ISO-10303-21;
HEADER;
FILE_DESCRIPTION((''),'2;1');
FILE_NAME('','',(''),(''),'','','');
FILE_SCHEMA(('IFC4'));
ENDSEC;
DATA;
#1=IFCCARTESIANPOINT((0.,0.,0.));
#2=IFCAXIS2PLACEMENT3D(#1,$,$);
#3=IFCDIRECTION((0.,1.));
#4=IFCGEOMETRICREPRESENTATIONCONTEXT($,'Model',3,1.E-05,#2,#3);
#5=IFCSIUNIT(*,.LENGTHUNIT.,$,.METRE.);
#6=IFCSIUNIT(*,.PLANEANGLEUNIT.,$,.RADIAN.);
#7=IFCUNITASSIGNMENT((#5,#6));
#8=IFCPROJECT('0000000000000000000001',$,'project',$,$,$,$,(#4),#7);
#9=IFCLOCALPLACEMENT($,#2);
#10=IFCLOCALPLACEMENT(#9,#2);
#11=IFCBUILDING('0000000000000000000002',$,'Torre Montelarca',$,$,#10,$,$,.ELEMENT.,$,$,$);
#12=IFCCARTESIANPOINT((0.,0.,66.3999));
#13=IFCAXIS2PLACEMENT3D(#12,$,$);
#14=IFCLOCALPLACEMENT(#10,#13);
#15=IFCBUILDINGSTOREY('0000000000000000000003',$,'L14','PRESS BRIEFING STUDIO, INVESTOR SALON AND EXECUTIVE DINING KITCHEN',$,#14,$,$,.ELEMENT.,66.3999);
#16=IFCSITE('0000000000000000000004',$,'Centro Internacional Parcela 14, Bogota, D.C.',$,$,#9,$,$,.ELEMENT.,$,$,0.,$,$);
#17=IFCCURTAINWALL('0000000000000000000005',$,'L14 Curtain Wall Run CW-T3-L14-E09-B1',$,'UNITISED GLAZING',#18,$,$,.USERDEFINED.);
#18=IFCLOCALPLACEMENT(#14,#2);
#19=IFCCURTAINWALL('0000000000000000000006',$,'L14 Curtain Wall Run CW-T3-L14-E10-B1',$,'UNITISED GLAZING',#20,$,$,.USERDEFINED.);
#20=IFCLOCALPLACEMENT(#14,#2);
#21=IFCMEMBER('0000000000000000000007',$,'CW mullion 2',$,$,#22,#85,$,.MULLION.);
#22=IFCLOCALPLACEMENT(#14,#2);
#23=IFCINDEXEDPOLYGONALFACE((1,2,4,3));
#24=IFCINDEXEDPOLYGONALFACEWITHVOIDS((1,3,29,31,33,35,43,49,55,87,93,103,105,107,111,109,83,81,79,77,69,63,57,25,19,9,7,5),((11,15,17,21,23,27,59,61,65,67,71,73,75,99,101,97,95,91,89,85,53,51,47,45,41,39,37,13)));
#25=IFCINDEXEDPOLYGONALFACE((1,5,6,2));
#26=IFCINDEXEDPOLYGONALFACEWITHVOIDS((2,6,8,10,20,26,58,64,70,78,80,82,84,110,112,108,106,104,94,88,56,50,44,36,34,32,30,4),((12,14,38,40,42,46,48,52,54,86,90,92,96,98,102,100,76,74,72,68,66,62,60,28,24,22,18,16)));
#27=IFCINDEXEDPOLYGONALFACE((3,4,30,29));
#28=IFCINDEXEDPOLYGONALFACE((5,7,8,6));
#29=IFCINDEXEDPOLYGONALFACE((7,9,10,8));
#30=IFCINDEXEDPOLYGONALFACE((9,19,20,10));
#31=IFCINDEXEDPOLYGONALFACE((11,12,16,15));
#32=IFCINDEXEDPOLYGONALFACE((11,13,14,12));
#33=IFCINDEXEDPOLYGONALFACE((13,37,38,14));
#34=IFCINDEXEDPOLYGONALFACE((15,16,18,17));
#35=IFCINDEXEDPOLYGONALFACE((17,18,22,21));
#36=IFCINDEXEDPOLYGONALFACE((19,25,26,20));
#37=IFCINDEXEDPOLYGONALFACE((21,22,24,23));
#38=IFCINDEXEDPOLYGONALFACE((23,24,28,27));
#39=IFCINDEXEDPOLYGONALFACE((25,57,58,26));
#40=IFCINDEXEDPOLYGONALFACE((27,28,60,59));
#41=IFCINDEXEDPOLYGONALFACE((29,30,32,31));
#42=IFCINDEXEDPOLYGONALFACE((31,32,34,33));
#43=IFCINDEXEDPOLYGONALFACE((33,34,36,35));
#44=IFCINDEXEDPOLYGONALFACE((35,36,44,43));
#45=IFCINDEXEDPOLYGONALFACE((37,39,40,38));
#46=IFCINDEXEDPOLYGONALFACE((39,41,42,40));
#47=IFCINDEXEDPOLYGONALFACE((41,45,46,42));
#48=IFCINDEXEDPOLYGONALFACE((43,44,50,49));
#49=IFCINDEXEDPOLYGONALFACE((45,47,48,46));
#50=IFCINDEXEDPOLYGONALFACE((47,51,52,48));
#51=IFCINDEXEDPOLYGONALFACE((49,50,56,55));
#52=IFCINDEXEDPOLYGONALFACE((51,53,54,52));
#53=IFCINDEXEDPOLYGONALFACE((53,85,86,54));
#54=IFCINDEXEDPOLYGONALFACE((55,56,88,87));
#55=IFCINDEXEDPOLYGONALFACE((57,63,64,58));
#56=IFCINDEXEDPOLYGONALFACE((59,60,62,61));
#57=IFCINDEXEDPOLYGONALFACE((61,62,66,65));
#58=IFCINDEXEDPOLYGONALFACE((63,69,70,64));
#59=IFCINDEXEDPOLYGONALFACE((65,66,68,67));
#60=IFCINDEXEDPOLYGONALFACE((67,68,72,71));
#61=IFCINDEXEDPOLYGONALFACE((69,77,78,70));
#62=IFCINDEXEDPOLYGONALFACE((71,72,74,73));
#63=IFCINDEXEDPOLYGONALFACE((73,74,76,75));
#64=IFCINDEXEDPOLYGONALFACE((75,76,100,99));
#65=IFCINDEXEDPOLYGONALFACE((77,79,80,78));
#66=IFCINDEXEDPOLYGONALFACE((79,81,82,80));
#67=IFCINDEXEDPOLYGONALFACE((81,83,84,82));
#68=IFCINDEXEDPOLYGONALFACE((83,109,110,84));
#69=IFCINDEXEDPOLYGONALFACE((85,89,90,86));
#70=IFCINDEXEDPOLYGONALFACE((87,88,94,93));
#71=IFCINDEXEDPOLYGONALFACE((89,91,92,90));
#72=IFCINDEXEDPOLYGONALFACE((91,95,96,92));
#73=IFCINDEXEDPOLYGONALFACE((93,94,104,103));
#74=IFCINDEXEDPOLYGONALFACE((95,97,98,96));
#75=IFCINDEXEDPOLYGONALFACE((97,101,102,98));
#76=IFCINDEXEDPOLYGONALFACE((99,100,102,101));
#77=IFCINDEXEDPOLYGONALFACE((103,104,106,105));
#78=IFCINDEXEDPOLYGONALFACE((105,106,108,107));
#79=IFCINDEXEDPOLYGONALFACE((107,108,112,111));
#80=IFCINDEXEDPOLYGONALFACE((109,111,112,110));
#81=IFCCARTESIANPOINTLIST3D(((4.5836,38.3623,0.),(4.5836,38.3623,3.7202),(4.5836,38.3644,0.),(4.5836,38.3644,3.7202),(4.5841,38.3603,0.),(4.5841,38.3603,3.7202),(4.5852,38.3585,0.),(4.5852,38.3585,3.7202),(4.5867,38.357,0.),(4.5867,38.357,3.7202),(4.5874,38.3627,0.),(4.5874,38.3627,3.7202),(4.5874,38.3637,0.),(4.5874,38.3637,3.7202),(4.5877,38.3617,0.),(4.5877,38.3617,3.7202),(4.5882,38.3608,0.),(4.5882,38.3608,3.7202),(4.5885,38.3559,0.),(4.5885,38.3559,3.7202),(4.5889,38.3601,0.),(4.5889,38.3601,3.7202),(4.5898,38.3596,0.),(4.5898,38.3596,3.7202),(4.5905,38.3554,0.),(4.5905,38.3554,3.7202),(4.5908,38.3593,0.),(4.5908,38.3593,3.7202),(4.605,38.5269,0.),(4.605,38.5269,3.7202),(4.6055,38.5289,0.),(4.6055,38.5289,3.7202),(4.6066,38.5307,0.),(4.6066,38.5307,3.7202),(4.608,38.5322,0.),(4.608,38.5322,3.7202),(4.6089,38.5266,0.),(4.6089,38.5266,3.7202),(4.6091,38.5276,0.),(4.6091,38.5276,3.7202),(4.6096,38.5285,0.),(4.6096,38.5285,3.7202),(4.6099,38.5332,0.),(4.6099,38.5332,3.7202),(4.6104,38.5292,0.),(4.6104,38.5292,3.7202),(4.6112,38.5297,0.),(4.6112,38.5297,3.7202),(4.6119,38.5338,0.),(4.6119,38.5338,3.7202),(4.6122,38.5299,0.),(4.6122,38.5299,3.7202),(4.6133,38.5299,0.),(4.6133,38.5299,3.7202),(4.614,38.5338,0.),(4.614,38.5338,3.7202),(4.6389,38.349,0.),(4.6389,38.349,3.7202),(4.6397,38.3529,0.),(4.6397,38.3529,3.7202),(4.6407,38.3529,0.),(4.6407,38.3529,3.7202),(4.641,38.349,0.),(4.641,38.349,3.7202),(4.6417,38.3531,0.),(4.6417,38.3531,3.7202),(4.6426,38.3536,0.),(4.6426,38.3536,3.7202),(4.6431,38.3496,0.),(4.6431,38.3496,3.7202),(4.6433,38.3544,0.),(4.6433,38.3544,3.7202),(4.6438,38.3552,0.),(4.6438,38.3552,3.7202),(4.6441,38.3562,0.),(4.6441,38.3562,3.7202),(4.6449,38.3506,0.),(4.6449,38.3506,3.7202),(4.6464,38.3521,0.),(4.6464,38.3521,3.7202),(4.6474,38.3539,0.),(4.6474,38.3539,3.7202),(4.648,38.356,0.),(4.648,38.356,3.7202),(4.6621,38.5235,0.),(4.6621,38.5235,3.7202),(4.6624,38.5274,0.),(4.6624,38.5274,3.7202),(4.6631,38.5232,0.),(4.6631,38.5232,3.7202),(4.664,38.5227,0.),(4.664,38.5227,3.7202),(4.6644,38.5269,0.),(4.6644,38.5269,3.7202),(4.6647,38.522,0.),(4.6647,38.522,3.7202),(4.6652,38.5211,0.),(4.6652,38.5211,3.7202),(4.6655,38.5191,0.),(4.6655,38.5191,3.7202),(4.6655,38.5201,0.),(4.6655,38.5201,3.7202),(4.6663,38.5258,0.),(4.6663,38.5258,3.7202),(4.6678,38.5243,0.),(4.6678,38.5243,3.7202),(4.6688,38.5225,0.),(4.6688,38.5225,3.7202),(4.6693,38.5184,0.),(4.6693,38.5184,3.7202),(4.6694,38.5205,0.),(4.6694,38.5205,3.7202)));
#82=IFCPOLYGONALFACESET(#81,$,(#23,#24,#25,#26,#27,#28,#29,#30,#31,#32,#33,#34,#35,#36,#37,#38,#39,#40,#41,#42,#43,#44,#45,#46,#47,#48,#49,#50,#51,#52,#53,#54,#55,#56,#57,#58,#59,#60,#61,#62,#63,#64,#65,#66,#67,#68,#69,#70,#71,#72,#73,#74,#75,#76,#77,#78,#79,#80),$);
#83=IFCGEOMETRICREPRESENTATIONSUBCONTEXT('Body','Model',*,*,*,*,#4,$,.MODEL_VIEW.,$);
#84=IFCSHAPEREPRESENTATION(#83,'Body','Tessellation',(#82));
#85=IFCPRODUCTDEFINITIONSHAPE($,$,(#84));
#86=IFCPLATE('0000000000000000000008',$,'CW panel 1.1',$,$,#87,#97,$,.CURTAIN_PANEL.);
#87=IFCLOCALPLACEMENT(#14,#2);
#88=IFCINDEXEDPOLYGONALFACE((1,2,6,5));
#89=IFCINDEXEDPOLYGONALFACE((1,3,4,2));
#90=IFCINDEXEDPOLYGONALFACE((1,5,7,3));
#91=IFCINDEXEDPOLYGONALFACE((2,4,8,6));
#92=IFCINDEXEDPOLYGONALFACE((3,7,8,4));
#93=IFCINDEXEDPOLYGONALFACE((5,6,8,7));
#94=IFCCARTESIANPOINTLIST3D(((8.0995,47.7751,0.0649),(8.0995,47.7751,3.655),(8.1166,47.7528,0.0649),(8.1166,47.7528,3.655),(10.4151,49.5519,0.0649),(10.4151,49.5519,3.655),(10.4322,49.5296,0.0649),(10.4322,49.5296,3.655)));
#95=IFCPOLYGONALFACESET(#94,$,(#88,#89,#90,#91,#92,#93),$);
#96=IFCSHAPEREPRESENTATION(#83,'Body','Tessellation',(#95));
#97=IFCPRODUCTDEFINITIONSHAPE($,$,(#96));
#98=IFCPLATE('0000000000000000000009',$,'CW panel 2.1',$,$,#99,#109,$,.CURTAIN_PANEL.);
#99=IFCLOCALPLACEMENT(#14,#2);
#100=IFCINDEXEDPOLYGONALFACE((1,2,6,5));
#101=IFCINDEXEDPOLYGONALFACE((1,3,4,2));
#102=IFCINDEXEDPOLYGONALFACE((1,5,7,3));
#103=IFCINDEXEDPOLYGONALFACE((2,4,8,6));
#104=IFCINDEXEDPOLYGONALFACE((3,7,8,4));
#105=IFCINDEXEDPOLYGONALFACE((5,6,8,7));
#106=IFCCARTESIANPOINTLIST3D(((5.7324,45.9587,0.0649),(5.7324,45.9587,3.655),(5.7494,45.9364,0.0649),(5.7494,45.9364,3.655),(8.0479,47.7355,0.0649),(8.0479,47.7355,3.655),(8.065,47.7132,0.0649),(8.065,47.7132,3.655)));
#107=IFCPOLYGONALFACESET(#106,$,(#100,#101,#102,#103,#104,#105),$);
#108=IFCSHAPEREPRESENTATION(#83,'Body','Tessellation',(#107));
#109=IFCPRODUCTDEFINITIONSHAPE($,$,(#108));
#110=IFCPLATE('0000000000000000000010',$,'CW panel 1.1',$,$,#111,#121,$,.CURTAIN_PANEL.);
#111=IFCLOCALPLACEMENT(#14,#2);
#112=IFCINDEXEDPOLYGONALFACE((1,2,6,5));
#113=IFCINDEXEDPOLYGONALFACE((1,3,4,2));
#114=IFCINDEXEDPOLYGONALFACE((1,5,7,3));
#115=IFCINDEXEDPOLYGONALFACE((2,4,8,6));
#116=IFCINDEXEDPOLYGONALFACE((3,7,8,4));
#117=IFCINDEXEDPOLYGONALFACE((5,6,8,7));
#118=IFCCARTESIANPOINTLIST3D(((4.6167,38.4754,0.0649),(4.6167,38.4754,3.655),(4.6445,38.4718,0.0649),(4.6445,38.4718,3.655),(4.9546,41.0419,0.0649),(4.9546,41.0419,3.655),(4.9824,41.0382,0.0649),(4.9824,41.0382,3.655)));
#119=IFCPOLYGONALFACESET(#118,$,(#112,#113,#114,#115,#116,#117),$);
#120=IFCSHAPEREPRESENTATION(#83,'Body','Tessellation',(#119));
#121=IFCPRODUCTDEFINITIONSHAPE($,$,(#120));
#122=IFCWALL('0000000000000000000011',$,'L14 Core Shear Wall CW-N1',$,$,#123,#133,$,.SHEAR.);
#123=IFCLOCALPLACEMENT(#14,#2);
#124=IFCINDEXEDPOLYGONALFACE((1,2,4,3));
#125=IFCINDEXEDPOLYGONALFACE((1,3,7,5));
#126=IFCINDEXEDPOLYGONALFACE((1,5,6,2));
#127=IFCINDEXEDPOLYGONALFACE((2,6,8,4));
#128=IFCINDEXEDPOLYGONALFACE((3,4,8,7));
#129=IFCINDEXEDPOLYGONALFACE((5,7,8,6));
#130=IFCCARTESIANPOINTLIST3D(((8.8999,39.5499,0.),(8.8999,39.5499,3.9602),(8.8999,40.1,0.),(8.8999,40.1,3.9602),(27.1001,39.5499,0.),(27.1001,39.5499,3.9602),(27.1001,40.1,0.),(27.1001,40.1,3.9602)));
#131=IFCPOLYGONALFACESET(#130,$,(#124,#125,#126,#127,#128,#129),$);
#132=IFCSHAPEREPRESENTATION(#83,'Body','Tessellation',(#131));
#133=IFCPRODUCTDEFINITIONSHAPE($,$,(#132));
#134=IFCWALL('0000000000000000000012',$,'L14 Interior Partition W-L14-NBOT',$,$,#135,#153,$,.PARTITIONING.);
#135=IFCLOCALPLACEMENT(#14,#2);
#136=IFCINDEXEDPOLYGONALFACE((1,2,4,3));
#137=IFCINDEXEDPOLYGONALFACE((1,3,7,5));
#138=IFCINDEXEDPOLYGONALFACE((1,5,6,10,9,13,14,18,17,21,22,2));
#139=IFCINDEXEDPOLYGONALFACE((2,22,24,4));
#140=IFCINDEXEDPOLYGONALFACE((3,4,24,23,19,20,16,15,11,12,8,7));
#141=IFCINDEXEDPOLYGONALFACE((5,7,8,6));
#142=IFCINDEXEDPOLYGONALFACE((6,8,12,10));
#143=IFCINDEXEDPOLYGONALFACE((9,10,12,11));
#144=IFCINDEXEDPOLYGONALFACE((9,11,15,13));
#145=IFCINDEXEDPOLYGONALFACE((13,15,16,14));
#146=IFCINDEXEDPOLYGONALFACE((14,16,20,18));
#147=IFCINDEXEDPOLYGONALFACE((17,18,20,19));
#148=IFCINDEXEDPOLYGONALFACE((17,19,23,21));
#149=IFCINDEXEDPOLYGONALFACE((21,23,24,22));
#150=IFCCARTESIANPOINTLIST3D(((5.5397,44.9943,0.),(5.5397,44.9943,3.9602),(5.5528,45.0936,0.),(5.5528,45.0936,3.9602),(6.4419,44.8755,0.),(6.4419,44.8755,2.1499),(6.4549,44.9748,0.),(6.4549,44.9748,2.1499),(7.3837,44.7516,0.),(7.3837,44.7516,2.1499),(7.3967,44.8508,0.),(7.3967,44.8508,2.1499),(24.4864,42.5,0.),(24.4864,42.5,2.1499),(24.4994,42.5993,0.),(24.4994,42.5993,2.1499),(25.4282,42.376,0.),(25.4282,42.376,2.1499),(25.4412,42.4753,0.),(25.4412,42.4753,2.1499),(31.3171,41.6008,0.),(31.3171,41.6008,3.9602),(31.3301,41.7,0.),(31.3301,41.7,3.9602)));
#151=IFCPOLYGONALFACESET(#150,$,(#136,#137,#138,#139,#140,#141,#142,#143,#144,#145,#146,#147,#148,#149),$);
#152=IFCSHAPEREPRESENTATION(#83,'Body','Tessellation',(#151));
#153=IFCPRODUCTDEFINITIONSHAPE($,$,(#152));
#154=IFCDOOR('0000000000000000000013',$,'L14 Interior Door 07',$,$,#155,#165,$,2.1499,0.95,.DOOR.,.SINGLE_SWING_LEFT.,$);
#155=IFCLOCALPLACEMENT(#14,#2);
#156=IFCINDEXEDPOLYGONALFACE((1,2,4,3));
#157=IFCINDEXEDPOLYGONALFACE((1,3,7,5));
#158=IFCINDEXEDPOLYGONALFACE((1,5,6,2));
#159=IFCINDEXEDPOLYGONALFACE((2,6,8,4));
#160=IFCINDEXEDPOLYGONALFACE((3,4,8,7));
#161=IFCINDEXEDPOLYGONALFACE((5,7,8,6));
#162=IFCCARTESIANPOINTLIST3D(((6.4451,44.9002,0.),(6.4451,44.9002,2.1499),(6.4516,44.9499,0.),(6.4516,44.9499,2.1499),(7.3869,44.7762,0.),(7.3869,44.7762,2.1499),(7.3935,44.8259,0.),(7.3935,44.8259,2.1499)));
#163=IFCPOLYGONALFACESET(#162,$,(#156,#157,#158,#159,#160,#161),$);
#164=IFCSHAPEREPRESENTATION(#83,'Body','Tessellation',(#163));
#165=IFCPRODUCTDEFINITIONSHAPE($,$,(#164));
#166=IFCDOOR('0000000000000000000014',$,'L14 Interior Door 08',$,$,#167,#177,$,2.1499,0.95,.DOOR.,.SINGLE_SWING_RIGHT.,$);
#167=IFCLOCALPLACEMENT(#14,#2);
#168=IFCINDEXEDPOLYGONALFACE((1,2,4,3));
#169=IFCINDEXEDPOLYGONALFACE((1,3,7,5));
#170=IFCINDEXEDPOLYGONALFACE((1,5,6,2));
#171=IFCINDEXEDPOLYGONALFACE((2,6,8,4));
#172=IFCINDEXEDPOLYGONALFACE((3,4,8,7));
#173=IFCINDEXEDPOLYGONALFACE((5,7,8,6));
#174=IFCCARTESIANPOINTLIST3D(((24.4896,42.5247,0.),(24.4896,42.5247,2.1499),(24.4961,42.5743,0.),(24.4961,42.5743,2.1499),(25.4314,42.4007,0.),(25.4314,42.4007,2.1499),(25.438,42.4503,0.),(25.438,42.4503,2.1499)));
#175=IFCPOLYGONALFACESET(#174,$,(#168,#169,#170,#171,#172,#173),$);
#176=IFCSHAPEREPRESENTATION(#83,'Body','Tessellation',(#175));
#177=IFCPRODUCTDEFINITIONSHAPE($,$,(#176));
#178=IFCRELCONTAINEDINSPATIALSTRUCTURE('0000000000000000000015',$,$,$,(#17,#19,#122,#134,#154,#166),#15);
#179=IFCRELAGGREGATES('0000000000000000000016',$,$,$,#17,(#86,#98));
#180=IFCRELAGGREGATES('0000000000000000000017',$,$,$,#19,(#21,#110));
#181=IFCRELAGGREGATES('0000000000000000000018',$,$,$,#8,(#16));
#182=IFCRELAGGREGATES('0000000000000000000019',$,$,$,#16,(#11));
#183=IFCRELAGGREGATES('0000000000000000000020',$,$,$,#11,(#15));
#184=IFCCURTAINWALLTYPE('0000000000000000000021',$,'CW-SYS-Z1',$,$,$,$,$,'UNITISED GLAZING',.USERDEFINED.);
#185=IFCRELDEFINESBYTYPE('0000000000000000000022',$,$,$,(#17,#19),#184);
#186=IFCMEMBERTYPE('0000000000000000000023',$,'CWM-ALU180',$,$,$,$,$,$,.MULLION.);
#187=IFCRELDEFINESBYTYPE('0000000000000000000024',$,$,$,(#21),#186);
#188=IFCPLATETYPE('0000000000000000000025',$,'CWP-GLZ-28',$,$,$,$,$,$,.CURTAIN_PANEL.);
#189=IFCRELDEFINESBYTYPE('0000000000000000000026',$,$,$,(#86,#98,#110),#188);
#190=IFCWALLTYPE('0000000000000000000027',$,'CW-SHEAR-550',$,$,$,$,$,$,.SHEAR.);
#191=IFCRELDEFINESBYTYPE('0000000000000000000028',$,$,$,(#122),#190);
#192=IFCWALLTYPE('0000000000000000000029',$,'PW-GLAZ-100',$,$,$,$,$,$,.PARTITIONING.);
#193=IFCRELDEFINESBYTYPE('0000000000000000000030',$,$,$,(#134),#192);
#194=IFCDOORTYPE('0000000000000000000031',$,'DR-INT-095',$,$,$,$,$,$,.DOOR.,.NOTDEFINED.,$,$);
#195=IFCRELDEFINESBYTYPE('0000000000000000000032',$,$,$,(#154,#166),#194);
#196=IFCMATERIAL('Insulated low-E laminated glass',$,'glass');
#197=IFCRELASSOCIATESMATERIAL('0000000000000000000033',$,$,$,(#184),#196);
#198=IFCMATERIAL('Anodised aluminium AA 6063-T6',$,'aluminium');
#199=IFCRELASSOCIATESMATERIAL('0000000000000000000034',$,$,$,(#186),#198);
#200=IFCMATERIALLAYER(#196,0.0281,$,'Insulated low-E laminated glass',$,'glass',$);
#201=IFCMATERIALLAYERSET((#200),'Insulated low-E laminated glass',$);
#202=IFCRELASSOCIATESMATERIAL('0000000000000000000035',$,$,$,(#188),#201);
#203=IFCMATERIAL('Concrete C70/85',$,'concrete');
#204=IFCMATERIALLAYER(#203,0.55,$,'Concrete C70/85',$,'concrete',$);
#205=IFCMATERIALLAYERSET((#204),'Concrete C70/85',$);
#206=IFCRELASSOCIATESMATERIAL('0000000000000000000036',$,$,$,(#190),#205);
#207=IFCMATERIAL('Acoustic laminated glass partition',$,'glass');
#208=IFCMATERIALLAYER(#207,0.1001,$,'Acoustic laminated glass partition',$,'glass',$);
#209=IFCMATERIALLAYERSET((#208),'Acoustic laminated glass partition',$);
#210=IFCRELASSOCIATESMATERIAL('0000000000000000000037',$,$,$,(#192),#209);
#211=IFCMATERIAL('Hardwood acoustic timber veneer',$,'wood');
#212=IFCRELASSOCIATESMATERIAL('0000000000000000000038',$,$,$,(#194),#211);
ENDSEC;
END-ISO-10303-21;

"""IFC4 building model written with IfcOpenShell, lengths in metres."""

from ifc_helpers import new_model, si_unit, direction, frame, frame_2d, origin, origin_2d, place, context, subcontext, project, spatial, rectangle, hollow_rectangle, extrude, source, transform, mapped, material, layer, layer_set, material_profile, profile_set, type_object, element, fill, aggregate, save


model = new_model("IFC4")

# Units and contexts
model_context = context("Model", 3, precision=1e-05, world=origin(), true_north=direction((0.0, 1.0)))
body_context = subcontext(model_context, "Body", "Model", "MODEL_VIEW")
ifc_project = project(units=[si_unit("LENGTHUNIT", "METRE"), si_unit("PLANEANGLEUNIT", "RADIAN")], contexts=[model_context])

# Site, building, storey
site_placement = place(None, origin())
site = spatial("IfcSite", under=ifc_project, at=site_placement, Name="Centro Internacional Parcela 14, Bogota, D.C.", CompositionType="ELEMENT", RefElevation=0.0)
building_placement = place(site_placement, origin())
building = spatial("IfcBuilding", under=site, at=building_placement, Name="Torre Montelarca", CompositionType="ELEMENT")
storey_placement = place(building_placement, frame((0.0, 0.0, 66.3999)))
storey = spatial("IfcBuildingStorey", under=building, at=storey_placement, Name="L14", Description="PRESS BRIEFING STUDIO, INVESTOR SALON AND EXECUTIVE DINING KITCHEN", CompositionType="ELEMENT", Elevation=66.3999)

# Curtain walls
ifc_material_1 = material(Name="Insulated low-E laminated glass", Category="glass")
curtain_wall_type = type_object("IfcCurtainWallType", Name="CW-SYS-Z1", ElementType="UNITISED GLAZING", PredefinedType="USERDEFINED", material=ifc_material_1)
curtain_wall_1_placement = place(storey_placement, origin())
curtain_wall_1 = element("IfcCurtainWall", 1, at=curtain_wall_1_placement, inside=storey, type_object=curtain_wall_type, Name="L14 Curtain Wall Run CW-T3-L14-E09-B1", ObjectType="UNITISED GLAZING", PredefinedType="USERDEFINED")
ifc_material_2 = material(Name="Anodised aluminium AA 6063-T6", Category="aluminium")
curtain_wall_2_placement = place(storey_placement, origin())
curtain_wall_2 = element("IfcCurtainWall", 2, at=curtain_wall_2_placement, inside=storey, type_object=curtain_wall_type, Name="L14 Curtain Wall Run CW-T3-L14-E10-B1", ObjectType="UNITISED GLAZING", PredefinedType="USERDEFINED")

# Member
ifc_material_profile_1 = material_profile(ifc_material_2, hollow_rectangle(XDim=0.0649, YDim=0.1799, WallThickness=0.0039, InnerFilletRadius=0.0039, OuterFilletRadius=0.0081, at=origin_2d()), Name="ALU65X180X4", Category="aluminium")
ifc_profile_set_1 = profile_set([ifc_material_profile_1], Name="Anodised aluminium AA 6063-T6")
member_type_1 = type_object("IfcMemberType", Name="CWM-ALU180", PredefinedType="MULLION", material=ifc_profile_set_1)
shared_shape_1 = source(origin(), body_context, "Body", "SweptSolid", [
    extrude(hollow_rectangle(XDim=0.0649, YDim=0.1799, WallThickness=0.0039, InnerFilletRadius=0.0039, OuterFilletRadius=0.0081, at=origin_2d()), origin(), (0.0, 0.0, 1.0), 3.7202),
])
member_1_placement = place(storey_placement, frame((4.6265, 38.4414, 0.0), z_axis=(0.0, 0.0, 1.0), x_axis=(0.991443, -0.130538, 0.0)))
member_1 = element("IfcMember", 3, at=member_1_placement, type_object=member_type_1, Name="CW mullion 2", PredefinedType="MULLION", context=body_context, shape_type="MappedRepresentation", body=[
    mapped(shared_shape_1, transform((0.0, 0.0, 0.0), scale=1.0)),
])

# Plates
ifc_layer_1 = layer(ifc_material_1, 0.0281, Name="Insulated low-E laminated glass", Category="glass")
ifc_layer_set_1 = layer_set([ifc_layer_1], Name="Insulated low-E laminated glass")
plate_type = type_object("IfcPlateType", Name="CWP-GLZ-28", PredefinedType="CURTAIN_PANEL", material=ifc_layer_set_1)
shared_shape_2 = source(origin(), body_context, "Body", "SweptSolid", [
    extrude(rectangle(XDim=2.9187, YDim=0.0281, at=origin_2d()), origin(), (0.0, 0.0, 1.0), 3.5901),
])
plate_1_placement = place(storey_placement, frame((9.2659, 48.6523, 0.0649), z_axis=(0.0, 0.0, 1.0), x_axis=(-0.793351, -0.608764, 0.0)))
plate_1 = element("IfcPlate", 4, at=plate_1_placement, type_object=plate_type, Name="CW panel 1.1", PredefinedType="CURTAIN_PANEL", context=body_context, shape_type="MappedRepresentation", body=[
    mapped(shared_shape_2, transform((0.0, 0.0, 0.0), scale=1.0)),
])
plate_2_placement = place(storey_placement, frame((6.8987, 46.8359, 0.0649), z_axis=(0.0, 0.0, 1.0), x_axis=(-0.793351, -0.608764, 0.0)))
plate_2 = element("IfcPlate", 5, at=plate_2_placement, type_object=plate_type, Name="CW panel 2.1", PredefinedType="CURTAIN_PANEL", context=body_context, shape_type="MappedRepresentation", body=[
    mapped(shared_shape_2, transform((0.0, 0.0, 0.0), scale=1.0)),
])
aggregate(curtain_wall_1, [plate_1, plate_2])
shared_shape_3 = source(origin(), body_context, "Body", "SweptSolid", [
    extrude(rectangle(XDim=2.5886, YDim=0.0281, at=origin_2d()), origin(), (0.0, 0.0, 1.0), 3.5901),
])
plate_3_placement = place(storey_placement, frame((4.7996, 39.7568, 0.0649), z_axis=(0.0, 0.0, 1.0), x_axis=(-0.130538, -0.991443, 0.0)))
plate_3 = element("IfcPlate", 6, at=plate_3_placement, type_object=plate_type, Name="CW panel 1.1", PredefinedType="CURTAIN_PANEL", context=body_context, shape_type="MappedRepresentation", body=[
    mapped(shared_shape_3, transform((0.0, 0.0, 0.0), scale=1.0)),
])
aggregate(curtain_wall_2, [member_1, plate_3])

# Wall
ifc_material_3 = material(Name="Concrete C70/85", Category="concrete")
ifc_layer_2 = layer(ifc_material_3, 0.55, Name="Concrete C70/85", Category="concrete")
ifc_layer_set_2 = layer_set([ifc_layer_2], Name="Concrete C70/85")
wall_type_1 = type_object("IfcWallType", Name="CW-SHEAR-550", PredefinedType="SHEAR", material=ifc_layer_set_2)
wall_1_placement = place(storey_placement, frame((8.8999, 39.825, 0.0), z_axis=(0.0, 0.0, 1.0), x_axis=(1.0, 0.0, 0.0)))
element("IfcWall", 7, at=wall_1_placement, inside=storey, type_object=wall_type_1, Name="L14 Core Shear Wall CW-N1", PredefinedType="SHEAR", context=body_context, shape_type="SweptSolid", body=[
    extrude(rectangle(XDim=18.2002, YDim=0.55, at=frame_2d((9.1001, 0.0))), origin(), (0.0, 0.0, 1.0), 3.9602),
])

# Wall, openings, doors
ifc_material_4 = material(Name="Acoustic laminated glass partition", Category="glass")
ifc_layer_3 = layer(ifc_material_4, 0.1001, Name="Acoustic laminated glass partition", Category="glass")
ifc_layer_set_3 = layer_set([ifc_layer_3], Name="Acoustic laminated glass partition")
wall_type_2 = type_object("IfcWallType", Name="PW-GLAZ-100", PredefinedType="PARTITIONING", material=ifc_layer_set_3)
wall_2_placement = place(storey_placement, frame((5.5461, 45.0439, 0.0), z_axis=(0.0, 0.0, 1.0), x_axis=(0.991445, -0.130523, 0.0)))
wall_2 = element("IfcWall", 8, at=wall_2_placement, inside=storey, type_object=wall_type_2, Name="L14 Interior Partition W-L14-NBOT", PredefinedType="PARTITIONING", context=body_context, shape_type="SweptSolid", body=[
    extrude(rectangle(XDim=25.9998, YDim=0.1001, at=frame_2d((13.0, 0.0))), origin(), (0.0, 0.0, 1.0), 3.9602),
])
opening_1_placement = place(wall_2_placement, frame((0.9099, 0.0, 0.0)))
opening_1 = element("IfcOpeningElement", 9, at=opening_1_placement, cuts=wall_2, PredefinedType="OPENING", context=body_context, shape_type="SweptSolid", body=[
    extrude(rectangle(XDim=0.95, YDim=2.1499, at=frame_2d((0.4751, 1.075))), frame((0.0, 0.0601, 0.0), z_axis=(0.0, -1.0, 0.0), x_axis=(1.0, 0.0, 0.0)), (0.0, 0.0, 1.0), 0.1201),
])
opening_2_placement = place(wall_2_placement, frame((19.1101, 0.0, 0.0)))
opening_2 = element("IfcOpeningElement", 10, at=opening_2_placement, cuts=wall_2, PredefinedType="OPENING", context=body_context, shape_type="SweptSolid", body=[
    extrude(rectangle(XDim=0.95, YDim=2.1499, at=frame_2d((0.4751, 1.075))), frame((0.0, 0.0601, 0.0), z_axis=(0.0, -1.0, 0.0), x_axis=(1.0, 0.0, 0.0)), (0.0, 0.0, 1.0), 0.1201),
])
ifc_material_5 = material(Name="Hardwood acoustic timber veneer", Category="wood")
door_type = type_object("IfcDoorType", Name="DR-INT-095", OperationType="NOTDEFINED", PredefinedType="DOOR", material=ifc_material_5)
shared_shape_4 = source(origin(), body_context, "Body", "SweptSolid", [
    extrude(rectangle(XDim=0.95, YDim=2.1499, at=frame_2d((0.4751, 1.075))), frame((0.0, 0.0249, 0.0), z_axis=(0.0, -1.0, 0.0), x_axis=(1.0, 0.0, 0.0)), (0.0, 0.0, 1.0), 0.05),
])
door_1_placement = place(opening_1_placement, origin())
door_1 = element("IfcDoor", 11, at=door_1_placement, inside=storey, type_object=door_type, Name="L14 Interior Door 07", OperationType="SINGLE_SWING_LEFT", OverallHeight=2.1499, OverallWidth=0.95, PredefinedType="DOOR", context=body_context, shape_type="MappedRepresentation", body=[
    mapped(shared_shape_4, transform((0.0, 0.0, 0.0), scale=1.0)),
])
fill(opening_1, door_1)
door_2_placement = place(opening_2_placement, origin())
door_2 = element("IfcDoor", 12, at=door_2_placement, inside=storey, type_object=door_type, Name="L14 Interior Door 08", OperationType="SINGLE_SWING_RIGHT", OverallHeight=2.1499, OverallWidth=0.95, PredefinedType="DOOR", context=body_context, shape_type="MappedRepresentation", body=[
    mapped(shared_shape_4, transform((0.0, 0.0, 0.0), scale=1.0)),
])
fill(opening_2, door_2)

save(model, "model.ifc")
